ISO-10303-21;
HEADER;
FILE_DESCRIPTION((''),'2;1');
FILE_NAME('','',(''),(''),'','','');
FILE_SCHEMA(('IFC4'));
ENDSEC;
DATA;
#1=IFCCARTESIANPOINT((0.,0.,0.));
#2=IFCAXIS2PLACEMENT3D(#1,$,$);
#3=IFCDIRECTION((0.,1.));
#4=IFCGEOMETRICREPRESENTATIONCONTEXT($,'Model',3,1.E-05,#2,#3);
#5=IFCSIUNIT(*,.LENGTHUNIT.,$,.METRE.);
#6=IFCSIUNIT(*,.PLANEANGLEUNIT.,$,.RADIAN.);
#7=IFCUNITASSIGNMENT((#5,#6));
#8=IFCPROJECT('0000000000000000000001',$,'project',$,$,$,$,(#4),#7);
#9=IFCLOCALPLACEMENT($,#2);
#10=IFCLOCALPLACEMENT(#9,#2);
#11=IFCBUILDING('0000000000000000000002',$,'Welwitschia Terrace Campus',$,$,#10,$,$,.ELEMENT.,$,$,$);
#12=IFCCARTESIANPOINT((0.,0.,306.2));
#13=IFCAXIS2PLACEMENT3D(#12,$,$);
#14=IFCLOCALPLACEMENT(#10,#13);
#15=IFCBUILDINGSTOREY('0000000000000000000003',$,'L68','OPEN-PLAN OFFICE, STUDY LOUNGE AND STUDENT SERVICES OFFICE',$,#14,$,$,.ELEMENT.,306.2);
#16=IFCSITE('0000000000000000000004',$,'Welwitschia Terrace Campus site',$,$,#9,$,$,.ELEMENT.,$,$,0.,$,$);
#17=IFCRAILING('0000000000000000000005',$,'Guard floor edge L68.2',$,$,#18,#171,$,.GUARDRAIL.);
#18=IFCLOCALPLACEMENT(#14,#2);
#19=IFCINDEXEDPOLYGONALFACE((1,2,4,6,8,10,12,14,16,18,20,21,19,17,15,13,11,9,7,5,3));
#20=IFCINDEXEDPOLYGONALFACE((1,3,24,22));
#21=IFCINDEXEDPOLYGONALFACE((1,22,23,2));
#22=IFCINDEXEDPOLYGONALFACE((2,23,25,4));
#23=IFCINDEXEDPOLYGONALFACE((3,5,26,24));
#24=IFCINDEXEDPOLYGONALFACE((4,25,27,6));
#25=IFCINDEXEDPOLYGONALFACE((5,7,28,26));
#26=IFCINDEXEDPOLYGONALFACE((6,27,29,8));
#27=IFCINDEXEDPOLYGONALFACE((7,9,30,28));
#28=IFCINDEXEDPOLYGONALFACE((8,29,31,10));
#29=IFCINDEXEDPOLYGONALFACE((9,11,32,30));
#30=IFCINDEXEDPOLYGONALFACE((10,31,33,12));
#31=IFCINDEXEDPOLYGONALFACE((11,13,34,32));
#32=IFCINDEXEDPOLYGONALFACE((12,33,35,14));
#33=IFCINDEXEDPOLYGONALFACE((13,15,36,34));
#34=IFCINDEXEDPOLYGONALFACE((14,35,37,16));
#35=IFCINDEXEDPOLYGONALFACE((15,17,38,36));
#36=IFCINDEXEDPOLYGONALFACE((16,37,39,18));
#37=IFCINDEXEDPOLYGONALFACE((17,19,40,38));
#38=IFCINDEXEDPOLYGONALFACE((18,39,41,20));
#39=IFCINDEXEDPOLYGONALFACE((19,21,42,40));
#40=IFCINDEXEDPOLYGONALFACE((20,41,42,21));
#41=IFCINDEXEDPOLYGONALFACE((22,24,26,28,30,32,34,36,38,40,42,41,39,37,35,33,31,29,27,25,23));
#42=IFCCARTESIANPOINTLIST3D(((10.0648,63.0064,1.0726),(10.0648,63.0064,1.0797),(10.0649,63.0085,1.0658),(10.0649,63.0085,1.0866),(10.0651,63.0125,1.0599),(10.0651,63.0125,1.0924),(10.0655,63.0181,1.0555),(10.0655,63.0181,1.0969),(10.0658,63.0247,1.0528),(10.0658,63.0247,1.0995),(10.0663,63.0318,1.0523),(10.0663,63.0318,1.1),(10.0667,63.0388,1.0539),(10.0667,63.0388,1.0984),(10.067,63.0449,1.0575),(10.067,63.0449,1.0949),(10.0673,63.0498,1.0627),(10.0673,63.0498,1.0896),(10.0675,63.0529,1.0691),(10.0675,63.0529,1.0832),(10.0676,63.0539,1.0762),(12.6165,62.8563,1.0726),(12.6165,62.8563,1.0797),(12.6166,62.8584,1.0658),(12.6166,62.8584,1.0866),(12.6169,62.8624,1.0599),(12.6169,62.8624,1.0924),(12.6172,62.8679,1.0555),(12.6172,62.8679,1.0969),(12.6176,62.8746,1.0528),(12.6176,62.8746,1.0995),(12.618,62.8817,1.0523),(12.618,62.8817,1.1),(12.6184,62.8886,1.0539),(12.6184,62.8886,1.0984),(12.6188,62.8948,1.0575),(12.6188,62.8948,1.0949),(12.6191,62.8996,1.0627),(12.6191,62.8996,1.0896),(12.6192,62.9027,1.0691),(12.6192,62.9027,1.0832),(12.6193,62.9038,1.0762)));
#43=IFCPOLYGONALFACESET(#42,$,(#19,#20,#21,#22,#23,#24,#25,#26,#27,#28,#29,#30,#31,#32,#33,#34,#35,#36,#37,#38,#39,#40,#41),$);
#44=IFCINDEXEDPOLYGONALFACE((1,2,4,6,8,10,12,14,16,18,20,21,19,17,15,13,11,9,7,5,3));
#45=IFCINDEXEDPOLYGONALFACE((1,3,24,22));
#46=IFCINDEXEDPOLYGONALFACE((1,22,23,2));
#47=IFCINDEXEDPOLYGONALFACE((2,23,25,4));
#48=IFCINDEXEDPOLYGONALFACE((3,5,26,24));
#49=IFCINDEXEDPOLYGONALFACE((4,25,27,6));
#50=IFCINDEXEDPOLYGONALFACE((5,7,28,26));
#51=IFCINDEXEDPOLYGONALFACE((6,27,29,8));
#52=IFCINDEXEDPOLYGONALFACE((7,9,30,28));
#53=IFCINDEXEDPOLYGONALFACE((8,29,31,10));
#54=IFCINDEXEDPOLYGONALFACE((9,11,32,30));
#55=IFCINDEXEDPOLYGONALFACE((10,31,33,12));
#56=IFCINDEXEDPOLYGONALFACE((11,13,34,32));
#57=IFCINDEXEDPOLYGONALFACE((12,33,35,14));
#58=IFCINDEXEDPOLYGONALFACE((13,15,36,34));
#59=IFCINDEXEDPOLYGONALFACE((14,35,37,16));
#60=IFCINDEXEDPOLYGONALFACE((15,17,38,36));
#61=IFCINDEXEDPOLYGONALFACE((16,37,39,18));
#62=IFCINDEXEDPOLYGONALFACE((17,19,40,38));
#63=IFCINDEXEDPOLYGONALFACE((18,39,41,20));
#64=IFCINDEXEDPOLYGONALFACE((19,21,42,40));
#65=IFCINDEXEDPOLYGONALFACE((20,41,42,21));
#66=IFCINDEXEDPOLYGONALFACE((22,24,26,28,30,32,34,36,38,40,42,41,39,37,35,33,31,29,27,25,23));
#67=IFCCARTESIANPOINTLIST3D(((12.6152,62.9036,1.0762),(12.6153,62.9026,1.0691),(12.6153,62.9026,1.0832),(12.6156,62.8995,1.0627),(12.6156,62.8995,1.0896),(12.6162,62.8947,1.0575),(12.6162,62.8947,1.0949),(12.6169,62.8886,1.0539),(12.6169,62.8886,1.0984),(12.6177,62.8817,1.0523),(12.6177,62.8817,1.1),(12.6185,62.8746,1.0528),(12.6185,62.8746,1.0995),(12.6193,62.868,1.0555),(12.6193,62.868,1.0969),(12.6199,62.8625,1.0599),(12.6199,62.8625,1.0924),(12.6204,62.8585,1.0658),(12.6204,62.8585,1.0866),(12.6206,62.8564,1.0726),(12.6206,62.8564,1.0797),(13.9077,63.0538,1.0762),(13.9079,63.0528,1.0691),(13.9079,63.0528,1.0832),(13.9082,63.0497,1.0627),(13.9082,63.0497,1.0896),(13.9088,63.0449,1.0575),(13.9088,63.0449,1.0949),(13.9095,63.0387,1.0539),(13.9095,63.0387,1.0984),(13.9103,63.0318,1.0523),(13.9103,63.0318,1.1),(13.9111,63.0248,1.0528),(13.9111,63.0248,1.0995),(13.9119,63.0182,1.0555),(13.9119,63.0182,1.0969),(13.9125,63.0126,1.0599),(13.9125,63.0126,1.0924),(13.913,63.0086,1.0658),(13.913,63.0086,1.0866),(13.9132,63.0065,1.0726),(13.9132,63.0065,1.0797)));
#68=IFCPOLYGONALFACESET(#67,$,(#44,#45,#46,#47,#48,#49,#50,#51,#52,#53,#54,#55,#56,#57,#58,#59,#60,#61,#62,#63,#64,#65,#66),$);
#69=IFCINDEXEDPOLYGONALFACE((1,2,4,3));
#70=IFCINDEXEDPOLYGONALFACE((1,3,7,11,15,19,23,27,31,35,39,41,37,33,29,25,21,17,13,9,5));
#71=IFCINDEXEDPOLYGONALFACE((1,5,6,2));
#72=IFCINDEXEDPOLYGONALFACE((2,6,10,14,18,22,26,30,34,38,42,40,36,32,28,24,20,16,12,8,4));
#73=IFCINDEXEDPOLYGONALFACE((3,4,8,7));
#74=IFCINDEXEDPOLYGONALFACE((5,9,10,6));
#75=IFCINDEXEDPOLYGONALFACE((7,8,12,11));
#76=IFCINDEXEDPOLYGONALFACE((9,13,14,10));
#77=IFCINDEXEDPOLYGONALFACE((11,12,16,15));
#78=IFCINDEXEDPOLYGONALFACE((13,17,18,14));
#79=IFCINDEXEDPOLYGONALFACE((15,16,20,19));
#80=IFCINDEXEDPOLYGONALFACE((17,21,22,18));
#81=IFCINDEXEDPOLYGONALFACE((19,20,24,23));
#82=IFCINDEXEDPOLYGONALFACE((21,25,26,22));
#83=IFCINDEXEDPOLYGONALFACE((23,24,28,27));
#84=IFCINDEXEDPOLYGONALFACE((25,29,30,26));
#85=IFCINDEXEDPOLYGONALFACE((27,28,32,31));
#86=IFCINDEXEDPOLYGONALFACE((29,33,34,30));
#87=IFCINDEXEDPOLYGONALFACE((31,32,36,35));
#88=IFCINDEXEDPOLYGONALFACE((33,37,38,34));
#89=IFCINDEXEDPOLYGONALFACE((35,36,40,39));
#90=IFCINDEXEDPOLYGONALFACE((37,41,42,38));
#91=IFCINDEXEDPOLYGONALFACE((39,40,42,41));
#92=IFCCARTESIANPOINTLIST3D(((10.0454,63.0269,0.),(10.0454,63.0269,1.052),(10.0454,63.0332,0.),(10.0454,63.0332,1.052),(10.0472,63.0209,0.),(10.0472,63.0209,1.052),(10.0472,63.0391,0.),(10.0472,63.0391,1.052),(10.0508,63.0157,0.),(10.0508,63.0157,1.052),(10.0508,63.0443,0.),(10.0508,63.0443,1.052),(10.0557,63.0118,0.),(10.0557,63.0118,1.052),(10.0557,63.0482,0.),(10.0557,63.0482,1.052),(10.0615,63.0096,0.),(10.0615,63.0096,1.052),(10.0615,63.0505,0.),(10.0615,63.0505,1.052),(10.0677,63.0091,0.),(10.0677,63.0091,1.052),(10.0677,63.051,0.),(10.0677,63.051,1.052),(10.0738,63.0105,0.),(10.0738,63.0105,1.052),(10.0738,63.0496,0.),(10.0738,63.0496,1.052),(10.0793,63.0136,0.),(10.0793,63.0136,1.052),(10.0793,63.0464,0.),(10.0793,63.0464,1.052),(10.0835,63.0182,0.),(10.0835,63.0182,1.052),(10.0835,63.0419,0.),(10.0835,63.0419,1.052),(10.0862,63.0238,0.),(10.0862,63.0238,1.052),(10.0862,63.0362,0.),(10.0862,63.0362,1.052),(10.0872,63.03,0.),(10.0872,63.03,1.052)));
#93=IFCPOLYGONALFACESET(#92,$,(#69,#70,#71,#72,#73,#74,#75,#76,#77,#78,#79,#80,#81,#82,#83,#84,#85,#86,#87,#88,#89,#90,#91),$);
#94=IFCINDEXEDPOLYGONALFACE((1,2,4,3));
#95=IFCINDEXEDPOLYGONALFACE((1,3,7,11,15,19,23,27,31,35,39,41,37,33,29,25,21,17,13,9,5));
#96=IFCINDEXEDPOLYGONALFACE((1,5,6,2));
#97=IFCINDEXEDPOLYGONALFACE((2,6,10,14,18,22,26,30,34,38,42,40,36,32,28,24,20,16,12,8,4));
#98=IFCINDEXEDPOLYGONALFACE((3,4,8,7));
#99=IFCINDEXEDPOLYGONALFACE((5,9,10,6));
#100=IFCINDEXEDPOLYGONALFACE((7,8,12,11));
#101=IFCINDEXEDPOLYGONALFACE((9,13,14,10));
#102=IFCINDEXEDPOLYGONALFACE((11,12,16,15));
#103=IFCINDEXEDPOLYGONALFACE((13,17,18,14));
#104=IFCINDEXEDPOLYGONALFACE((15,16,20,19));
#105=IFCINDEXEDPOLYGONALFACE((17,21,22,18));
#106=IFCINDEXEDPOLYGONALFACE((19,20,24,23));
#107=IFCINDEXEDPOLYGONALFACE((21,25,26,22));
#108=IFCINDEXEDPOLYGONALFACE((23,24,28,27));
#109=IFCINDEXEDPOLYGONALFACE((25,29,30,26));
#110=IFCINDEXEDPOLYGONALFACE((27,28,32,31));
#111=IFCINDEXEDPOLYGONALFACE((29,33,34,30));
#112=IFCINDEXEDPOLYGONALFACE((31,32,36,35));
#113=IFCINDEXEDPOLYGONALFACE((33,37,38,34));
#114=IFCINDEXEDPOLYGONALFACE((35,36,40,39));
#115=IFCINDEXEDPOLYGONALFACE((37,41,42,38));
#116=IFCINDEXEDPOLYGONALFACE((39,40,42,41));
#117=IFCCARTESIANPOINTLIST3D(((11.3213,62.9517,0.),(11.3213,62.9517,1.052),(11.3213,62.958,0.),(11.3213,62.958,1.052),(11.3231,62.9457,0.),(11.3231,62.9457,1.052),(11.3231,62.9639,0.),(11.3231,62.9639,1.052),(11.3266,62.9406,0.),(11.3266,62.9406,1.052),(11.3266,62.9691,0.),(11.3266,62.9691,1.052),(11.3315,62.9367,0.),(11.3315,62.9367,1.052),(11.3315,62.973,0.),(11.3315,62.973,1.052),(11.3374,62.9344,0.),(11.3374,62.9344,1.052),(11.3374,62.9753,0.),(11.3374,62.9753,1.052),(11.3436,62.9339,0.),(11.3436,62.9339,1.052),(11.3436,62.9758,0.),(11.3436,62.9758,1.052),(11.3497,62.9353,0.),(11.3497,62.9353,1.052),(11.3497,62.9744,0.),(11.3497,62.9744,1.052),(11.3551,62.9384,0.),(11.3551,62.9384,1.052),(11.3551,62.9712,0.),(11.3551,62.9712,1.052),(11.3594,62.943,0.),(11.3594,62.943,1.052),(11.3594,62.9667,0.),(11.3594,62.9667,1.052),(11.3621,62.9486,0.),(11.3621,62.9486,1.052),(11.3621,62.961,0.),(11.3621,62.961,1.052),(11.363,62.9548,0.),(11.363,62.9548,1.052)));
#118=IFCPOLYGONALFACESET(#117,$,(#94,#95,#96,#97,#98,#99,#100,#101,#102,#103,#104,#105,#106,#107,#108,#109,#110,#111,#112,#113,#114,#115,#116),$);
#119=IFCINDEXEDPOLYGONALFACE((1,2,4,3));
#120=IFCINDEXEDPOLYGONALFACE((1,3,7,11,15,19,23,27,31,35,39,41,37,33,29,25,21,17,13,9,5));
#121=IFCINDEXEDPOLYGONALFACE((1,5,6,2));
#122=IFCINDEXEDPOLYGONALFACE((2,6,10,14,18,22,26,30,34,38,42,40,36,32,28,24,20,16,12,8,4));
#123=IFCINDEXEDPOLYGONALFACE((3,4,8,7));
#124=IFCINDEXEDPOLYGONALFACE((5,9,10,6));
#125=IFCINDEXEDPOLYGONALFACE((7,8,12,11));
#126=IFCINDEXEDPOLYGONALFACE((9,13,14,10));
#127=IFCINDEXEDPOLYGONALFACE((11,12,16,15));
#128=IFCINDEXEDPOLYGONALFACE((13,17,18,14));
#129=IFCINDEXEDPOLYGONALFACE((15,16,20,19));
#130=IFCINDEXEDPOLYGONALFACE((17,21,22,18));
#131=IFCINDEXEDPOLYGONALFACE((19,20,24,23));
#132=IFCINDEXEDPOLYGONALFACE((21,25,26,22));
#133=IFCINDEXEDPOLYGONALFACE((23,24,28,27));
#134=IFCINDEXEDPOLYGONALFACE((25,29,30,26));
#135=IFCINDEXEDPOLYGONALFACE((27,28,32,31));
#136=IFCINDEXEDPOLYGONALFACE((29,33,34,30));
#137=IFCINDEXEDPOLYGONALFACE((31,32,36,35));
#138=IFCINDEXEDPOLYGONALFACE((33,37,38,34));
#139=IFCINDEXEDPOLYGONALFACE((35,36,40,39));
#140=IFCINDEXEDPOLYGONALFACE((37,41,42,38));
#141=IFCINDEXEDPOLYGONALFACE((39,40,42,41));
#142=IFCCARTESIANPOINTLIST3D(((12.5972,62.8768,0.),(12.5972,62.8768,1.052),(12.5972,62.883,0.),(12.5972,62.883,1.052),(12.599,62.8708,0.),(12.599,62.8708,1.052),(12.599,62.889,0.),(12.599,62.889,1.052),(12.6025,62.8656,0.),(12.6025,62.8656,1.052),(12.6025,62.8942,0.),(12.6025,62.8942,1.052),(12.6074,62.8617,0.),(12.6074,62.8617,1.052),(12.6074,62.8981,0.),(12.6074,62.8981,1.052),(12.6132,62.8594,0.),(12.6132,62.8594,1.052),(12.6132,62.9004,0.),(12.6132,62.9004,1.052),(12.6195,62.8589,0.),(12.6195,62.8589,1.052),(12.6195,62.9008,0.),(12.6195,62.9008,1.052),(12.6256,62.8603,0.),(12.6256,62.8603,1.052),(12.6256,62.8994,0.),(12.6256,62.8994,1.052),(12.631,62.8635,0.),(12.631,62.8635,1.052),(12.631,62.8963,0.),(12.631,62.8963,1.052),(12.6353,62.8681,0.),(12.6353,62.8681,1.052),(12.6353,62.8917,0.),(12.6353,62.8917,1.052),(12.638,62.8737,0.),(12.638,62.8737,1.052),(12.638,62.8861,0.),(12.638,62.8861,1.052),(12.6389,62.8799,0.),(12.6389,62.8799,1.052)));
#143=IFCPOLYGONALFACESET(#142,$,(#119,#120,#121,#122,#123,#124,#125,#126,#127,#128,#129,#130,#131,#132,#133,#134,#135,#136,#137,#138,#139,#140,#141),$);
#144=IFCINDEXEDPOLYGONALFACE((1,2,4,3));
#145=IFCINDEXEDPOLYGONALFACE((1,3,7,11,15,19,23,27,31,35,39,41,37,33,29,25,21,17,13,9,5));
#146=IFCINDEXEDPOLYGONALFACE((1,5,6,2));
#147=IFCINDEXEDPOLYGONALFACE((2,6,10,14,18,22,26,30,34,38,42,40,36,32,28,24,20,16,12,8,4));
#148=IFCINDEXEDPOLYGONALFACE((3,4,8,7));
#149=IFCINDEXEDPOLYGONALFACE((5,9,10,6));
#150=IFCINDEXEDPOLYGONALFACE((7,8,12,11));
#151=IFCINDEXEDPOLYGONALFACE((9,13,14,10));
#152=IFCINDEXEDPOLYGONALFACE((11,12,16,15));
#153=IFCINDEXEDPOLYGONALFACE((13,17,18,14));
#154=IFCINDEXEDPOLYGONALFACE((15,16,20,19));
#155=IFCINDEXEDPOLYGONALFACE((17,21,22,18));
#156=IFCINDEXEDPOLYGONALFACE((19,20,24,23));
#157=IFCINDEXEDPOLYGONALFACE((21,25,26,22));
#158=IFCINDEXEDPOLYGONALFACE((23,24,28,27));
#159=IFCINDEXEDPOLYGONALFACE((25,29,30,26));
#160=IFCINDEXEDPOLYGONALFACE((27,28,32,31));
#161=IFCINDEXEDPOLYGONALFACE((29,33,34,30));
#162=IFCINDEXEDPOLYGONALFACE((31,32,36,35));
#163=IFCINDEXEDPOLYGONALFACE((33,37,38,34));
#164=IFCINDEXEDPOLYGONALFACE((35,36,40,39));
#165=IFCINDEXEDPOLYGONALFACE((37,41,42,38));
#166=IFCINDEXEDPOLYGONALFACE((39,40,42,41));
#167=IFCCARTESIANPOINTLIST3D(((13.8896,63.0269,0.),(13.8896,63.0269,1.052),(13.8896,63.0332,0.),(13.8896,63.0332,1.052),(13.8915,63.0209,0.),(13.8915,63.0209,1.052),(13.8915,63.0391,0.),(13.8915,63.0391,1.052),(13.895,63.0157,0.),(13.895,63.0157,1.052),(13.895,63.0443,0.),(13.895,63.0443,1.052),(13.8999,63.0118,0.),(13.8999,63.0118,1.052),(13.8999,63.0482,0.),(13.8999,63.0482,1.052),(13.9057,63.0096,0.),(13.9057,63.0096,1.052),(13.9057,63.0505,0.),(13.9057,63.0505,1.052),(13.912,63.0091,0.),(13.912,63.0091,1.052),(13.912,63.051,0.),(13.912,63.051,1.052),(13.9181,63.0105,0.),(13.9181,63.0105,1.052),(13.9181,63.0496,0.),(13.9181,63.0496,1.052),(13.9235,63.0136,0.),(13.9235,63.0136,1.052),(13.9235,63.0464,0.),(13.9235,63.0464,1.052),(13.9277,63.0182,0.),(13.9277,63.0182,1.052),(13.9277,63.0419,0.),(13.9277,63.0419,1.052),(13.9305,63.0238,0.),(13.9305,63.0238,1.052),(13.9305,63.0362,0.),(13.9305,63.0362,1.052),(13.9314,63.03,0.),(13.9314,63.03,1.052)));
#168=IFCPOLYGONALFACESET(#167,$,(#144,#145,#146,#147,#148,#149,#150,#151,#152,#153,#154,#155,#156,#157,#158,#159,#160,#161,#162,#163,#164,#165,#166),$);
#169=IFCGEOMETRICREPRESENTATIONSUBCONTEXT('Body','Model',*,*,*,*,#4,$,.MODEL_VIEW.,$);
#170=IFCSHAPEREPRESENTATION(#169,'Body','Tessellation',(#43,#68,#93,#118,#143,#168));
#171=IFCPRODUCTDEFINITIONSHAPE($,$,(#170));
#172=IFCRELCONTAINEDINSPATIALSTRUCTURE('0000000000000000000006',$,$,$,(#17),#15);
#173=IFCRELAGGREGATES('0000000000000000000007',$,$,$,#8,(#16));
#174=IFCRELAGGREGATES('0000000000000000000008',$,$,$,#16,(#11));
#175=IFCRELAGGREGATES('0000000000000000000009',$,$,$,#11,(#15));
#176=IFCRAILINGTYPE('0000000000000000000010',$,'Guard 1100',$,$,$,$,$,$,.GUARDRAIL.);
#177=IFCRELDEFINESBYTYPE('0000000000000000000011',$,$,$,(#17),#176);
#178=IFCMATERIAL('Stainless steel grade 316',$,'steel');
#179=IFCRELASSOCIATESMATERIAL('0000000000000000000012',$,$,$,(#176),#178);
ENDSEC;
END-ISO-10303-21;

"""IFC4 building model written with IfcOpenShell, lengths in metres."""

from ifc_helpers import new_model, si_unit, direction, frame, origin, origin_2d, place, context, subcontext, project, spatial, circle, extrude, material, type_object, element, save


model = new_model("IFC4")

# Units and contexts
model_context = context("Model", 3, precision=1e-05, world=origin(), true_north=direction((0.0, 1.0)))
body_context = subcontext(model_context, "Body", "Model", "MODEL_VIEW")
ifc_project = project(units=[si_unit("LENGTHUNIT", "METRE"), si_unit("PLANEANGLEUNIT", "RADIAN")], contexts=[model_context])

# Site, building, storey
site_placement = place(None, origin())
site = spatial("IfcSite", under=ifc_project, at=site_placement, Name="Welwitschia Terrace Campus site", CompositionType="ELEMENT", RefElevation=0.0)
building_placement = place(site_placement, origin())
building = spatial("IfcBuilding", under=site, at=building_placement, Name="Welwitschia Terrace Campus", CompositionType="ELEMENT")
storey_placement = place(building_placement, frame((0.0, 0.0, 306.2)))
storey = spatial("IfcBuildingStorey", under=building, at=storey_placement, Name="L68", Description="OPEN-PLAN OFFICE, STUDY LOUNGE AND STUDENT SERVICES OFFICE", CompositionType="ELEMENT", Elevation=306.2)

# Railing
ifc_material_1 = material(Name="Stainless steel grade 316", Category="steel")
railing_type = type_object("IfcRailingType", Name="Guard 1100", PredefinedType="GUARDRAIL", material=ifc_material_1)
railing_1_placement = place(storey_placement, frame((10.0662, 63.03, 0.0)))
element("IfcRailing", 1, at=railing_1_placement, inside=storey, type_object=railing_type, Name="Guard floor edge L68.2", PredefinedType="GUARDRAIL", context=body_context, shape_type="SweptSolid", body=[
    extrude(circle(Radius=0.0239, at=origin_2d()), frame((0.0, 0.0, 1.0762), z_axis=(0.998273, -0.058739, 0.0), x_axis=(0.058739, 0.998273, 0.0)), (0.0, 0.0, 1.0), 2.5562),
    extrude(circle(Radius=0.0239, at=origin_2d()), frame((2.5518, -0.1501, 1.0762), z_axis=(0.99332, 0.115393, 0.0), x_axis=(-0.115393, 0.99332, 0.0)), (0.0, 0.0, 1.0), 1.3013),
    extrude(circle(Radius=0.021, at=origin_2d()), origin(), (0.0, 0.0, 1.0), 1.052),
    extrude(circle(Radius=0.021, at=origin_2d()), frame((1.2759, -0.0752, 0.0)), (0.0, 0.0, 1.0), 1.052),
    extrude(circle(Radius=0.021, at=origin_2d()), frame((2.5518, -0.1501, 0.0)), (0.0, 0.0, 1.0), 1.052),
    extrude(circle(Radius=0.021, at=origin_2d()), frame((3.8442, 0.0, 0.0)), (0.0, 0.0, 1.0), 1.052),
])

save(model, "model.ifc")
